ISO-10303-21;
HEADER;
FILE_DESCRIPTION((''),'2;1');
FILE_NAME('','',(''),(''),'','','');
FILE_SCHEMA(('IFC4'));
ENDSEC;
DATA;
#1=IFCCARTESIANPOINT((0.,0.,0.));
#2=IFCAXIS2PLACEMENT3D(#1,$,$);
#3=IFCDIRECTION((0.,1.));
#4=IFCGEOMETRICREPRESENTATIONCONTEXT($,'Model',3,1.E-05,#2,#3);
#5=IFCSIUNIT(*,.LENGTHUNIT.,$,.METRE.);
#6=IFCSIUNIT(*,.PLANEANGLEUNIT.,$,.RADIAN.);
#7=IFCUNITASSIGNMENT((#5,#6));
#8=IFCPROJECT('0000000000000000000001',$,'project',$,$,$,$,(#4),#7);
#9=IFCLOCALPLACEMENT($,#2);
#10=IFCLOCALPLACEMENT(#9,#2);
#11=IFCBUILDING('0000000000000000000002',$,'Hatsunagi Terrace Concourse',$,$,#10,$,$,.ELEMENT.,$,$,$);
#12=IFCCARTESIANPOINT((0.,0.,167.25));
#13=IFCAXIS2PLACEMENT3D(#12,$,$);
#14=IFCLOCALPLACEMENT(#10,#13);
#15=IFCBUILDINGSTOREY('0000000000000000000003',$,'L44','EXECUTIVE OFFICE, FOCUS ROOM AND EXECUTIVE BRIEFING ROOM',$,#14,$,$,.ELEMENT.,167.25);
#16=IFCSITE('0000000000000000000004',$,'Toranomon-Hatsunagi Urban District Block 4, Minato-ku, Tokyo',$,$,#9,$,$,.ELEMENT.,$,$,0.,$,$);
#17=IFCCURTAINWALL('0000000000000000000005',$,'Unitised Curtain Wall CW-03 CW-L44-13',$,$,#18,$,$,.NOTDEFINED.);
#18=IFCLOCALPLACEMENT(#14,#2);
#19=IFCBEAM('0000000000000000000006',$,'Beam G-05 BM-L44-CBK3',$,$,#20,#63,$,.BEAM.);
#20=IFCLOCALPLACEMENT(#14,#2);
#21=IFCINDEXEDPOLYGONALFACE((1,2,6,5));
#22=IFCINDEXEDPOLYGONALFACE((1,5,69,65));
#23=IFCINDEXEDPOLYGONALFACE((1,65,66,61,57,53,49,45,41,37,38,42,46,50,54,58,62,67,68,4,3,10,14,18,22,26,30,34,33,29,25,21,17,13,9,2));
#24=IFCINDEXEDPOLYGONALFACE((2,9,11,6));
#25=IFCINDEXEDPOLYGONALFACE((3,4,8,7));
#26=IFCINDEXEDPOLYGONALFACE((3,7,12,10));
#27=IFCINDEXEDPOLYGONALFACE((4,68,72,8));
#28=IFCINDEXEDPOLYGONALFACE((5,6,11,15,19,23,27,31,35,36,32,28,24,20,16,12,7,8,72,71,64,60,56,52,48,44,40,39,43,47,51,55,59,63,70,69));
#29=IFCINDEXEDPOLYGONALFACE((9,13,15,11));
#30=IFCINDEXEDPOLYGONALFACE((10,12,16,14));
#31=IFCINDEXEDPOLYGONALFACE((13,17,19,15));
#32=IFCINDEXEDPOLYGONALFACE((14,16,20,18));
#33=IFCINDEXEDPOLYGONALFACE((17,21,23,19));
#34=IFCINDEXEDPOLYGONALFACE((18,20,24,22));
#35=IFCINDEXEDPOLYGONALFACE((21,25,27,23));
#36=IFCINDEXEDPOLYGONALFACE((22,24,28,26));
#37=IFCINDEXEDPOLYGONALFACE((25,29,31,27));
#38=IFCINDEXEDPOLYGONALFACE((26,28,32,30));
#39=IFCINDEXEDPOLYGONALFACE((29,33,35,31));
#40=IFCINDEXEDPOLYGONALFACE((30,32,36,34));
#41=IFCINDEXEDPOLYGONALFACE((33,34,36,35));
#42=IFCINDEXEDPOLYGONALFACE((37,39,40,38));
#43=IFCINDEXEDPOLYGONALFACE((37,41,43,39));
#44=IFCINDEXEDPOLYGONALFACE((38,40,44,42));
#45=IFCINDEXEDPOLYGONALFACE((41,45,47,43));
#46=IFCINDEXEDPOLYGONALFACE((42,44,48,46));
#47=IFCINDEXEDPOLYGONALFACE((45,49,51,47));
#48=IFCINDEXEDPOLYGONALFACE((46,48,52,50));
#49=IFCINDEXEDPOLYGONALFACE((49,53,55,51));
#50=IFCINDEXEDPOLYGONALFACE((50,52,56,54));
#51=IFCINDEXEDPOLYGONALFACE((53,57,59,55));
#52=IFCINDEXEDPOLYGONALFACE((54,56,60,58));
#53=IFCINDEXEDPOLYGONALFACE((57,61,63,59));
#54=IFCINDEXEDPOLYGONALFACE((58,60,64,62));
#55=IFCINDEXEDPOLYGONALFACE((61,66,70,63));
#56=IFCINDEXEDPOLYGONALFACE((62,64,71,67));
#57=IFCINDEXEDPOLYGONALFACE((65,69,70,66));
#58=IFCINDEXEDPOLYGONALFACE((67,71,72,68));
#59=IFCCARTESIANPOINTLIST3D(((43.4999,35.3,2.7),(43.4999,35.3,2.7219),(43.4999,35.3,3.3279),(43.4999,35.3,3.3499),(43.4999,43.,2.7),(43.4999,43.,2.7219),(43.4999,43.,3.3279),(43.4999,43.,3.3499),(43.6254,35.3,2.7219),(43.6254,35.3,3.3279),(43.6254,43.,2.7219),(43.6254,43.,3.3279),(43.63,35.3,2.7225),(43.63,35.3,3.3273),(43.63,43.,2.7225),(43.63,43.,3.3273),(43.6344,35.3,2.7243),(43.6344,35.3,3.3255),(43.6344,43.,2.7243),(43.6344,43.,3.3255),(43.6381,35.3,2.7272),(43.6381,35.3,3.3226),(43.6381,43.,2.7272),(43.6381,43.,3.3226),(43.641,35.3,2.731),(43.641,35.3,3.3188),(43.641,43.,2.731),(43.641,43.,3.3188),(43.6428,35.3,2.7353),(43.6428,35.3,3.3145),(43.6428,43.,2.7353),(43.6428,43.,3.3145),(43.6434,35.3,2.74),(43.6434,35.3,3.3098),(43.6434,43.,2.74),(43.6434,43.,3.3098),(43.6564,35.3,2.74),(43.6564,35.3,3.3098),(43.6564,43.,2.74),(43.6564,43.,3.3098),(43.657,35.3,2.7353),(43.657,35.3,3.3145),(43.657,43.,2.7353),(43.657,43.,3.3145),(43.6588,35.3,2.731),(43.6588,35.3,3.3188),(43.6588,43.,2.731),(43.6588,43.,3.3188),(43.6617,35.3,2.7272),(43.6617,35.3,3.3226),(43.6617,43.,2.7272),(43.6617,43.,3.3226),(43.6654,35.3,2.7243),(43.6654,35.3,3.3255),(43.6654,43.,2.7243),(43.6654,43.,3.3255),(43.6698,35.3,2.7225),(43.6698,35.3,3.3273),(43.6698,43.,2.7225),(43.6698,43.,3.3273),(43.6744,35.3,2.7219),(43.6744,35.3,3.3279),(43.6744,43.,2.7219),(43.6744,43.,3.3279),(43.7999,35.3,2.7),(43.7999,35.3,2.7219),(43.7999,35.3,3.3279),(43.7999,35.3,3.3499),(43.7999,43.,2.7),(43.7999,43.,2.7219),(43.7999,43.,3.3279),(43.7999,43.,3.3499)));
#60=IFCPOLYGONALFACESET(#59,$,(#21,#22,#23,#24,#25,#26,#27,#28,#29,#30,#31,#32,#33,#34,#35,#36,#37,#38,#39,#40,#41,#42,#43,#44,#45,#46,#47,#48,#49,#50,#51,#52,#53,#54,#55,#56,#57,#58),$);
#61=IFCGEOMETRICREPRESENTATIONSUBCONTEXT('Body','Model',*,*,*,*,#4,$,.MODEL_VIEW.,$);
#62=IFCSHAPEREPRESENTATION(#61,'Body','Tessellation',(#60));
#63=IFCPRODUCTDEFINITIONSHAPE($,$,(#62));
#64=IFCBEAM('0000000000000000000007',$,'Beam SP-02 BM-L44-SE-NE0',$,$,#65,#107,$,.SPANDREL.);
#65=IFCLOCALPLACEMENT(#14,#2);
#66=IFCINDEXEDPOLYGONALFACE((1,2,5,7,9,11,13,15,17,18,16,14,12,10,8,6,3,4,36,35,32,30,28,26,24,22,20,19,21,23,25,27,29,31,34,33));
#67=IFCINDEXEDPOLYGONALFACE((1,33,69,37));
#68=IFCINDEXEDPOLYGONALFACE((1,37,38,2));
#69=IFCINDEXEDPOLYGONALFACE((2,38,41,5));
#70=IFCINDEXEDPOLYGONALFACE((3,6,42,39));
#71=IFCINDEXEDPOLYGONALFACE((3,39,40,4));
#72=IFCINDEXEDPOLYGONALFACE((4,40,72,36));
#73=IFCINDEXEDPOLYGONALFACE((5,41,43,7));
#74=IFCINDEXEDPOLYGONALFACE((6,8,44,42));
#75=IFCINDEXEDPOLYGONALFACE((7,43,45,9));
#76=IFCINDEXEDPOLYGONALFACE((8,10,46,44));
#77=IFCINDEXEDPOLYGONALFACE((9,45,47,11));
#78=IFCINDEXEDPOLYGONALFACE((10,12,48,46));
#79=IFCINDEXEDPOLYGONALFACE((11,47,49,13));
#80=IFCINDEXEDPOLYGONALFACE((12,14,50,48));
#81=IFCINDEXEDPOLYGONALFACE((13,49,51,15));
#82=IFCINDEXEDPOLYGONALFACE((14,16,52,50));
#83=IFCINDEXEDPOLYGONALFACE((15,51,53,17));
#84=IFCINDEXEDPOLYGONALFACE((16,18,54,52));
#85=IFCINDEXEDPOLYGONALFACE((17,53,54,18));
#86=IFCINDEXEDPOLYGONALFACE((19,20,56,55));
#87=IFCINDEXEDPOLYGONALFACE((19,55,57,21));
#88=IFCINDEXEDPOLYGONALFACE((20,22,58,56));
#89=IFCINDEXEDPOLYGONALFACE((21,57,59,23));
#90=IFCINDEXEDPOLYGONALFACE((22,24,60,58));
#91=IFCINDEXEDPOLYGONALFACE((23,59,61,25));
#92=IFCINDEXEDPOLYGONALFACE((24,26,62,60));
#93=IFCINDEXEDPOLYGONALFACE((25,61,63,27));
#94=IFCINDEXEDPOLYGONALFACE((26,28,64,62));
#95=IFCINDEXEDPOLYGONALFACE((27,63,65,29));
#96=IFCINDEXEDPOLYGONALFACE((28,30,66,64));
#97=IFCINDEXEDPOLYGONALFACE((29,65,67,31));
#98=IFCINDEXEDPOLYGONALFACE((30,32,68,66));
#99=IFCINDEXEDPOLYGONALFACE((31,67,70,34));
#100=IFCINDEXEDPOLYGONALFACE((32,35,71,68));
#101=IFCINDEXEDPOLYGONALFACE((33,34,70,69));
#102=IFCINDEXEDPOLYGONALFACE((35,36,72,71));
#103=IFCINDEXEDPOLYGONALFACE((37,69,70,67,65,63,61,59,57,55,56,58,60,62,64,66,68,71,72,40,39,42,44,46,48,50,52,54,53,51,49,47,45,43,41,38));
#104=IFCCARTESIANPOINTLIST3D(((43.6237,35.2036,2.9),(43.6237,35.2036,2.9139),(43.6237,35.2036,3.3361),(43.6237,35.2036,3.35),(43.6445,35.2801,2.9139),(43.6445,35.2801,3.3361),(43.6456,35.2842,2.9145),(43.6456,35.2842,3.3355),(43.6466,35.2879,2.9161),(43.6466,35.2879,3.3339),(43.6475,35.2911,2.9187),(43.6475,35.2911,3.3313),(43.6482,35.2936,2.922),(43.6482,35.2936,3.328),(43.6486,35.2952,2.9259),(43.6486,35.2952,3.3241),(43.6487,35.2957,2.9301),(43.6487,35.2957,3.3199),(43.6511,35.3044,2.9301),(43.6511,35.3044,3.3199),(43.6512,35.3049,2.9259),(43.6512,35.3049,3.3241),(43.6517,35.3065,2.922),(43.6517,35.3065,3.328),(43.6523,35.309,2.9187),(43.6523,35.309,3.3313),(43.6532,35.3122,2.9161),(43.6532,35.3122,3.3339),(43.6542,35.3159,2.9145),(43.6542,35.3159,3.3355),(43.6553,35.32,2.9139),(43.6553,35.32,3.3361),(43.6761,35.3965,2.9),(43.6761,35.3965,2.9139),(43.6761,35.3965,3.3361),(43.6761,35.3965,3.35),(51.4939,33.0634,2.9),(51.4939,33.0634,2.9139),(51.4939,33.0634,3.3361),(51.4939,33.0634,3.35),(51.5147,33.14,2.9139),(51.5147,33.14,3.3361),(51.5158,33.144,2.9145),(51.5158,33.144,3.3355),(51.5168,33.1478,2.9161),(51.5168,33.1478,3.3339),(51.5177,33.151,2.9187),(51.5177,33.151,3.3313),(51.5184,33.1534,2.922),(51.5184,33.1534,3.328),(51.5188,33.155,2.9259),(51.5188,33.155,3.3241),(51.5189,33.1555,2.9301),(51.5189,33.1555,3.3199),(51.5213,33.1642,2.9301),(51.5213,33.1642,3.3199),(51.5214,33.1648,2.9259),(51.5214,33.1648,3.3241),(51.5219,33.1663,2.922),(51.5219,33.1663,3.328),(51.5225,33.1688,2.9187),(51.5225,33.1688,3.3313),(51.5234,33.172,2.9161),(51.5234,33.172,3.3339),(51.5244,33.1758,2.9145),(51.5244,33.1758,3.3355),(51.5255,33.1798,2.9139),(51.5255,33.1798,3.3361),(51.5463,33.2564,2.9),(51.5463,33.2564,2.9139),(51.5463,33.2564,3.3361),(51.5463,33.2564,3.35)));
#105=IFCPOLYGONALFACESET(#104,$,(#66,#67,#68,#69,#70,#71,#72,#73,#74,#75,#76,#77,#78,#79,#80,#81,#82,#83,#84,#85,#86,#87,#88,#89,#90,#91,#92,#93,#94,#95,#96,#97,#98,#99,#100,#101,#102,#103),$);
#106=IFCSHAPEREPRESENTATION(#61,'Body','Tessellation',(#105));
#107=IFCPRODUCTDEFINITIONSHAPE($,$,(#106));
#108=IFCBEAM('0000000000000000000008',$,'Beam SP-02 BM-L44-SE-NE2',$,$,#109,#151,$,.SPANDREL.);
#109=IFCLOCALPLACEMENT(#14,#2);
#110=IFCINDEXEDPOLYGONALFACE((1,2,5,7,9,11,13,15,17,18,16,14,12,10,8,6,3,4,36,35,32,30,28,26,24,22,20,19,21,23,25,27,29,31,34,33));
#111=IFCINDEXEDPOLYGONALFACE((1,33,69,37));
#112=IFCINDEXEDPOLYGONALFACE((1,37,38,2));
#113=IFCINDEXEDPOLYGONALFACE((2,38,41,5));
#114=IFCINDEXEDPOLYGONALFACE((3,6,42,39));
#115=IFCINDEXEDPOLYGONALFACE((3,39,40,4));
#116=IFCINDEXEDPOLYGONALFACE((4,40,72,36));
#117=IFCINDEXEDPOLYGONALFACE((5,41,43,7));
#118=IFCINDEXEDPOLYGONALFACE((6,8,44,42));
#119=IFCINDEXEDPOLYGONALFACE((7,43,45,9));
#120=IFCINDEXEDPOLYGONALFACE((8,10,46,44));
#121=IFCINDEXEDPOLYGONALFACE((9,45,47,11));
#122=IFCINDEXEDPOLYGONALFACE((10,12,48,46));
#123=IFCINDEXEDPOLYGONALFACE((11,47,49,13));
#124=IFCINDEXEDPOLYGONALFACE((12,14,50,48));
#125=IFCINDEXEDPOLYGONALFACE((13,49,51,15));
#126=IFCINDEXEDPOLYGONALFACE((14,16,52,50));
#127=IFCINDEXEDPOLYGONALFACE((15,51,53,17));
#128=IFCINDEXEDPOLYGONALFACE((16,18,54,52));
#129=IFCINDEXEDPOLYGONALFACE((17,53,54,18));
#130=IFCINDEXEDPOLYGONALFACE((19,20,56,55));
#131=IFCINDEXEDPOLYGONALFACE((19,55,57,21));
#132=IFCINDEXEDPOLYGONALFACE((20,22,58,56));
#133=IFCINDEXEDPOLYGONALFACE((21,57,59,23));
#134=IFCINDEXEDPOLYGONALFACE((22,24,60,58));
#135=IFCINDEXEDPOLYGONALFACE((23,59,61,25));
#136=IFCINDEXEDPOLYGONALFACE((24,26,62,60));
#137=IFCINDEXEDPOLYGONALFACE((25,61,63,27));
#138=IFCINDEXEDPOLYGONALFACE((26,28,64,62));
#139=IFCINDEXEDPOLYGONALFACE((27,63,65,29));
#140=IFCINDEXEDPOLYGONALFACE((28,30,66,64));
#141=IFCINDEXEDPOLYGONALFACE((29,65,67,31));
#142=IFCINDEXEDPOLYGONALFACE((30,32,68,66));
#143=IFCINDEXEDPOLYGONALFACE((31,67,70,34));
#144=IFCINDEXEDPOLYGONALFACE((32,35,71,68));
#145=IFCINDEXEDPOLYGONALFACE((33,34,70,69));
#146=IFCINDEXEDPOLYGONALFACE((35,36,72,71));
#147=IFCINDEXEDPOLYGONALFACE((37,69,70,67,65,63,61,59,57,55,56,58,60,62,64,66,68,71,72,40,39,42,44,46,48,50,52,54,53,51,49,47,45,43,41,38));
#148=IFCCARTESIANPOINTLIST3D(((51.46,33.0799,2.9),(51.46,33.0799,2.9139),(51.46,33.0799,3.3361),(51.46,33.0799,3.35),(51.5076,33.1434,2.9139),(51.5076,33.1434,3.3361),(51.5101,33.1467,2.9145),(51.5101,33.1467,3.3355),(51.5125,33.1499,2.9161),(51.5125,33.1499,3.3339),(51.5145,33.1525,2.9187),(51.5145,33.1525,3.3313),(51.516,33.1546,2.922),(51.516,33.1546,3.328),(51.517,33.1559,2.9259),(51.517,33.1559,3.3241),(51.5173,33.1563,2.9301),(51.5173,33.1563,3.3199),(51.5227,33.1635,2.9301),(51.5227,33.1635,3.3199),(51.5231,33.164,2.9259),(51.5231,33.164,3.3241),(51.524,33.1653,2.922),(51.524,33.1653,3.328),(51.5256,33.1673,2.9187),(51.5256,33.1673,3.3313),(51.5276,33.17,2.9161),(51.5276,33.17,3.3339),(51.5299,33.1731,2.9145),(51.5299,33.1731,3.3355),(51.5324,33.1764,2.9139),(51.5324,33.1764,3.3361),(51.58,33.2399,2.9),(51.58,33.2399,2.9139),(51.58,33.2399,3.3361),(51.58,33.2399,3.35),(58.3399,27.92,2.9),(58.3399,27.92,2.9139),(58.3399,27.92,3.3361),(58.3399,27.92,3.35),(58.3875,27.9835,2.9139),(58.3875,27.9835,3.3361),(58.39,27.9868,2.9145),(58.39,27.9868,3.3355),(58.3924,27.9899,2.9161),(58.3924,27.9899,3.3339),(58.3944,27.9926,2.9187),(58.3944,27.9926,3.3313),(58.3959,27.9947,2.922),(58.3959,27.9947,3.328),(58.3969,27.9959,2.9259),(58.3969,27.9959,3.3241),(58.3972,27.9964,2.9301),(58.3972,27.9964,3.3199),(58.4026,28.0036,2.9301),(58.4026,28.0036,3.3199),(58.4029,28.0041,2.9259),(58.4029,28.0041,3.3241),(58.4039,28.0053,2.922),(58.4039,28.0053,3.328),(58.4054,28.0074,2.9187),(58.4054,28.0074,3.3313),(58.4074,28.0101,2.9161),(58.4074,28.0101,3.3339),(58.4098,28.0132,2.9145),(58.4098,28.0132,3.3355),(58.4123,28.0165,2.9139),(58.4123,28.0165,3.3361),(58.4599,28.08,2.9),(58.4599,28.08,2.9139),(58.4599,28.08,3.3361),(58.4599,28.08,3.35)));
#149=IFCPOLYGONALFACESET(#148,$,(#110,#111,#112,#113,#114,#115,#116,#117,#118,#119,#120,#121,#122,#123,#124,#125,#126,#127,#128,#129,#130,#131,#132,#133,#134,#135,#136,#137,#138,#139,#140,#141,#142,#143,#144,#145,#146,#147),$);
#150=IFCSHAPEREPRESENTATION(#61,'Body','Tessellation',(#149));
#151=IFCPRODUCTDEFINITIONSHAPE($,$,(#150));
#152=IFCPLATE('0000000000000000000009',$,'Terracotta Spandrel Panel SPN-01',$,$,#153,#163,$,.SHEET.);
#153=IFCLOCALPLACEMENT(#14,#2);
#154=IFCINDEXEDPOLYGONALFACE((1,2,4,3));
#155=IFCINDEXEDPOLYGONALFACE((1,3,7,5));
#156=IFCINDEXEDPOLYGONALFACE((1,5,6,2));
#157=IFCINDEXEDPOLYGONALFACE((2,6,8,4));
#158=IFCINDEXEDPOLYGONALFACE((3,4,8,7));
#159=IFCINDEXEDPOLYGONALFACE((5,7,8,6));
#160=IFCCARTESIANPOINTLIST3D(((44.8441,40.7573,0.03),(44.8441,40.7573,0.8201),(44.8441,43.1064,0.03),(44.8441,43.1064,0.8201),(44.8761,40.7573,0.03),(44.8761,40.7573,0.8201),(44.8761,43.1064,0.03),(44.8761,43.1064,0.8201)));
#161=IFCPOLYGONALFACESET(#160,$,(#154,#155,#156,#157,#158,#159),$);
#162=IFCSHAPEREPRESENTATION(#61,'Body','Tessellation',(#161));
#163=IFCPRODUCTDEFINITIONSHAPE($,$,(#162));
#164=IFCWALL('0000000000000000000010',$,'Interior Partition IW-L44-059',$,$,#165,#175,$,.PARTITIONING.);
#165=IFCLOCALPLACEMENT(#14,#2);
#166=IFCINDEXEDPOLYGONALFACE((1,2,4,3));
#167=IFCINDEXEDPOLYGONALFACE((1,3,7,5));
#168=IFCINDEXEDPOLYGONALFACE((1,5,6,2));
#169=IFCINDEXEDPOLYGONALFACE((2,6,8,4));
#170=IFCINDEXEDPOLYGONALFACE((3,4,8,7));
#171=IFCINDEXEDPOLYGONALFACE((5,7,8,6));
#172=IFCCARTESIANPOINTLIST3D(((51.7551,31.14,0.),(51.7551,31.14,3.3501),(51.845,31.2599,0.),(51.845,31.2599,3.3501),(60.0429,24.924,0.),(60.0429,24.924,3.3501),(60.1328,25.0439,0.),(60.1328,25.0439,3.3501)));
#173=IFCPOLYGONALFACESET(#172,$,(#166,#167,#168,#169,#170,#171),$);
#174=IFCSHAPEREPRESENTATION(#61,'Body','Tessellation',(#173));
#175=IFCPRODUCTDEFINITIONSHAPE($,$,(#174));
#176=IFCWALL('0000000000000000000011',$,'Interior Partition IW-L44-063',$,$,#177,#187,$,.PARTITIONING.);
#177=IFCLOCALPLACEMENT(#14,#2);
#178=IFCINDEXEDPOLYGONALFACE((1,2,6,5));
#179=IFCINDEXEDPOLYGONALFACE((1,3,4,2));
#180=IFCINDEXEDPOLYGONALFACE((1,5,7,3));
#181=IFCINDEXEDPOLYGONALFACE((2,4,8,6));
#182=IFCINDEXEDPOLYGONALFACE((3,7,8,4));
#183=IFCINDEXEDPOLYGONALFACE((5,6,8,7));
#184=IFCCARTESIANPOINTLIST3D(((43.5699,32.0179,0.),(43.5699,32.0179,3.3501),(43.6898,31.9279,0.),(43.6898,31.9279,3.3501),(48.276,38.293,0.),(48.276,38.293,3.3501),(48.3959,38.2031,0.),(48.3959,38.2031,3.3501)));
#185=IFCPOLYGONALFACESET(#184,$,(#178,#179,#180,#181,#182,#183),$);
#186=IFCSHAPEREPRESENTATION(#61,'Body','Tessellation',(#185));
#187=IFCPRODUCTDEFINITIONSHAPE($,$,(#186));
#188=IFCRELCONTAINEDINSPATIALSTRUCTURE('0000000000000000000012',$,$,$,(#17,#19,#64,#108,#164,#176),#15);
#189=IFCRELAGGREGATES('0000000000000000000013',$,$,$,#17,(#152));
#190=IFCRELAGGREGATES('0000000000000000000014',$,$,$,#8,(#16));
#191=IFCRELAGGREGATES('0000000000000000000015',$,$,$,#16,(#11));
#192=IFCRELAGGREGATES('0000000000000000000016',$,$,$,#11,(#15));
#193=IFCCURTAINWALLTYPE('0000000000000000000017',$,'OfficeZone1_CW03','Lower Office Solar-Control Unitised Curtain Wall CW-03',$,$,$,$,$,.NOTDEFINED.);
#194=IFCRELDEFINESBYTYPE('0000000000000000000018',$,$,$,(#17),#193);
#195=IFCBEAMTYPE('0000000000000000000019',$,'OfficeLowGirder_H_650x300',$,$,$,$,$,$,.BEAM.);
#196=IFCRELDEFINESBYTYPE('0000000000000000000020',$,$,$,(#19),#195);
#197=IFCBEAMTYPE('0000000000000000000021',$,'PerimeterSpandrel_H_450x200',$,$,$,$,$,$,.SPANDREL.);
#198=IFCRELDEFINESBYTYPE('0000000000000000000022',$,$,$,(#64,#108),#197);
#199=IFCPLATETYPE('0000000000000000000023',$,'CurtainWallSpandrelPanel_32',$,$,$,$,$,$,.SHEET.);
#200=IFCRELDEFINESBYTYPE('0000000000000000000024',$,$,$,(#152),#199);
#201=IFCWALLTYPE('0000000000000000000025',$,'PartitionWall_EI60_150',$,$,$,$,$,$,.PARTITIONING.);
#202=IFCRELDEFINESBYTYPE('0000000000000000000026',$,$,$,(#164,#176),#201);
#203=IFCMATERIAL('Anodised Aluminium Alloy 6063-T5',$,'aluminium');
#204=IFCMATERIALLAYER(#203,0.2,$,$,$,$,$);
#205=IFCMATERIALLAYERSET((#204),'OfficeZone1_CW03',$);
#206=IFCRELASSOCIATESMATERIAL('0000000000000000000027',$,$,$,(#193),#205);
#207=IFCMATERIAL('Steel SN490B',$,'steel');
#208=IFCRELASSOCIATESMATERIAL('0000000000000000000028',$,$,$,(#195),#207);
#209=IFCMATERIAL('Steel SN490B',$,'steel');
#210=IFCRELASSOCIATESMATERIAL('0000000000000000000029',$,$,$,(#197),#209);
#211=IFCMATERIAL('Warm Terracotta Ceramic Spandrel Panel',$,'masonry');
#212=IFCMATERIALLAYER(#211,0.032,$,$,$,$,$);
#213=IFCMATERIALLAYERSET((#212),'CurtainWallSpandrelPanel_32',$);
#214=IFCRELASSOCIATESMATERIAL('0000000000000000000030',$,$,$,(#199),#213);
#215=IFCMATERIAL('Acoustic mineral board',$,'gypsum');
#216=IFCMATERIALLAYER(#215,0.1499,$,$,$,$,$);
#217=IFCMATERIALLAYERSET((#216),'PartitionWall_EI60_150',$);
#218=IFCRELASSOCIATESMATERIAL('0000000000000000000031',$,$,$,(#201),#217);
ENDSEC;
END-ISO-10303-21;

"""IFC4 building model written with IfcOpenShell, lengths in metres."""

from ifc_helpers import new_model, si_unit, direction, frame, frame_2d, origin, origin_2d, place, context, subcontext, project, spatial, rectangle, i_section, extrude, material, layer, layer_set, material_profile, profile_set, type_object, element, aggregate, save


model = new_model("IFC4")

# Units and contexts
model_context = context("Model", 3, precision=1e-05, world=origin(), true_north=direction((0.0, 1.0)))
body_context = subcontext(model_context, "Body", "Model", "MODEL_VIEW")
ifc_project = project(units=[si_unit("LENGTHUNIT", "METRE"), si_unit("PLANEANGLEUNIT", "RADIAN")], contexts=[model_context])

# Site, building, storey
site_placement = place(None, origin())
site = spatial("IfcSite", under=ifc_project, at=site_placement, Name="Toranomon-Hatsunagi Urban District Block 4, Minato-ku, Tokyo", CompositionType="ELEMENT", RefElevation=0.0)
building_placement = place(site_placement, origin())
building = spatial("IfcBuilding", under=site, at=building_placement, Name="Hatsunagi Terrace Concourse", CompositionType="ELEMENT")
storey_placement = place(building_placement, frame((0.0, 0.0, 167.25)))
storey = spatial("IfcBuildingStorey", under=building, at=storey_placement, Name="L44", Description="EXECUTIVE OFFICE, FOCUS ROOM AND EXECUTIVE BRIEFING ROOM", CompositionType="ELEMENT", Elevation=167.25)

# Curtain wall
ifc_material_1 = material(Name="Anodised Aluminium Alloy 6063-T5", Category="aluminium")
ifc_layer_1 = layer(ifc_material_1, 0.2)
ifc_layer_set_1 = layer_set([ifc_layer_1], Name="OfficeZone1_CW03")
curtain_wall_type = type_object("IfcCurtainWallType", Name="OfficeZone1_CW03", Description="Lower Office Solar-Control Unitised Curtain Wall CW-03", PredefinedType="NOTDEFINED", material=ifc_layer_set_1)
curtain_wall_placement = place(storey_placement, origin())
curtain_wall = element("IfcCurtainWall", 1, at=curtain_wall_placement, inside=storey, type_object=curtain_wall_type, Name="Unitised Curtain Wall CW-03 CW-L44-13", PredefinedType="NOTDEFINED")

# Beams
ifc_material_2 = material(Name="Steel SN490B", Category="steel")
ifc_material_profile_1 = material_profile(ifc_material_2, i_section(OverallWidth=0.3, OverallDepth=0.6499, WebThickness=0.0129, FlangeThickness=0.022, FilletRadius=0.0181, at=origin_2d()), Name="H-650x300x13x22")
ifc_profile_set_1 = profile_set([ifc_material_profile_1], Name="Steel SN490B")
beam_type_1 = type_object("IfcBeamType", Name="OfficeLowGirder_H_650x300", PredefinedType="BEAM", material=ifc_profile_set_1)
beam_1_placement = place(storey_placement, frame((43.6499, 35.3, 3.0249), z_axis=(0.0, 1.0, 0.0), x_axis=(-1.0, 0.0, 0.0)))
element("IfcBeam", 2, at=beam_1_placement, inside=storey, type_object=beam_type_1, Name="Beam G-05 BM-L44-CBK3", PredefinedType="BEAM", context=body_context, shape_type="SweptSolid", body=[
    extrude(i_section(OverallWidth=0.3, OverallDepth=0.6499, WebThickness=0.0129, FlangeThickness=0.022, FilletRadius=0.0181, at=origin_2d()), origin(), (0.0, 0.0, 1.0), 7.7),
])
ifc_material_3 = material(Name="Steel SN490B", Category="steel")
ifc_material_profile_2 = material_profile(ifc_material_3, i_section(OverallWidth=0.2, OverallDepth=0.45, WebThickness=0.009, FlangeThickness=0.0139, FilletRadius=0.0161, at=origin_2d()), Name="H-450x200x9x14")
ifc_profile_set_2 = profile_set([ifc_material_profile_2], Name="Steel SN490B")
beam_type_2 = type_object("IfcBeamType", Name="PerimeterSpandrel_H_450x200", PredefinedType="SPANDREL", material=ifc_profile_set_2)
beam_2_placement = place(storey_placement, frame((43.6499, 35.3, 3.125), z_axis=(0.964958, -0.262403, 0.0), x_axis=(0.262403, 0.964958, 0.0)))
element("IfcBeam", 3, at=beam_2_placement, inside=storey, type_object=beam_type_2, Name="Beam SP-02 BM-L44-SE-NE0", PredefinedType="SPANDREL", context=body_context, shape_type="SweptSolid", body=[
    extrude(i_section(OverallWidth=0.2, OverallDepth=0.45, WebThickness=0.009, FlangeThickness=0.0139, FilletRadius=0.0161, at=origin_2d()), origin(), (0.0, 0.0, 1.0), 8.156),
])
beam_3_placement = place(storey_placement, frame((51.52, 33.1599, 3.125), z_axis=(0.8, -0.6, 0.0), x_axis=(0.6, 0.8, 0.0)))
element("IfcBeam", 4, at=beam_3_placement, inside=storey, type_object=beam_type_2, Name="Beam SP-02 BM-L44-SE-NE2", PredefinedType="SPANDREL", context=body_context, shape_type="SweptSolid", body=[
    extrude(i_section(OverallWidth=0.2, OverallDepth=0.45, WebThickness=0.009, FlangeThickness=0.0139, FilletRadius=0.0161, at=origin_2d()), origin(), (0.0, 0.0, 1.0), 8.5999),
])

# Plate
ifc_material_4 = material(Name="Warm Terracotta Ceramic Spandrel Panel", Category="masonry")
ifc_layer_2 = layer(ifc_material_4, 0.032)
ifc_layer_set_2 = layer_set([ifc_layer_2], Name="CurtainWallSpandrelPanel_32")
plate_type = type_object("IfcPlateType", Name="CurtainWallSpandrelPanel_32", PredefinedType="SHEET", material=ifc_layer_set_2)
plate_placement = place(storey_placement, frame((44.8601, 41.9319, 0.03), z_axis=(0.0, 0.0, 1.0), x_axis=(0.0, -1.0, 0.0)))
plate = element("IfcPlate", 5, at=plate_placement, type_object=plate_type, Name="Terracotta Spandrel Panel SPN-01", PredefinedType="SHEET", context=body_context, shape_type="SweptSolid", body=[
    extrude(rectangle(XDim=2.3491, YDim=0.032, at=origin_2d()), origin(), (0.0, 0.0, 1.0), 0.79),
])
aggregate(curtain_wall, [plate])

# Wall
ifc_material_5 = material(Name="Acoustic mineral board", Category="gypsum")
ifc_layer_3 = layer(ifc_material_5, 0.1499)
ifc_layer_set_3 = layer_set([ifc_layer_3], Name="PartitionWall_EI60_150")
wall_type_1 = type_object("IfcWallType", Name="PartitionWall_EI60_150", PredefinedType="PARTITIONING", material=ifc_layer_set_3)
wall_1_placement = place(storey_placement, frame((51.8, 31.2, 0.0), z_axis=(0.0, 0.0, 1.0), x_axis=(0.799992, -0.600011, 0.0)))
element("IfcWall", 6, at=wall_1_placement, inside=storey, type_object=wall_type_1, Name="Interior Partition IW-L44-059", PredefinedType="PARTITIONING", context=body_context, shape_type="SweptSolid", body=[
    extrude(rectangle(XDim=10.3599, YDim=0.1499, at=frame_2d((5.1799, 0.0))), origin(), (0.0, 0.0, 1.0), 3.3501),
])

# Wall
wall_2_placement = place(storey_placement, frame((43.6299, 31.9729, 0.0), z_axis=(0.0, 0.0, 1.0), x_axis=(0.599975, 0.800019, 0.0)))
element("IfcWall", 7, at=wall_2_placement, inside=storey, type_object=wall_type_1, Name="Interior Partition IW-L44-063", PredefinedType="PARTITIONING", context=body_context, shape_type="SweptSolid", body=[
    extrude(rectangle(XDim=7.8438, YDim=0.1499, at=frame_2d((3.9219, 0.0))), origin(), (0.0, 0.0, 1.0), 3.3501),
])

save(model, "model.ifc")
